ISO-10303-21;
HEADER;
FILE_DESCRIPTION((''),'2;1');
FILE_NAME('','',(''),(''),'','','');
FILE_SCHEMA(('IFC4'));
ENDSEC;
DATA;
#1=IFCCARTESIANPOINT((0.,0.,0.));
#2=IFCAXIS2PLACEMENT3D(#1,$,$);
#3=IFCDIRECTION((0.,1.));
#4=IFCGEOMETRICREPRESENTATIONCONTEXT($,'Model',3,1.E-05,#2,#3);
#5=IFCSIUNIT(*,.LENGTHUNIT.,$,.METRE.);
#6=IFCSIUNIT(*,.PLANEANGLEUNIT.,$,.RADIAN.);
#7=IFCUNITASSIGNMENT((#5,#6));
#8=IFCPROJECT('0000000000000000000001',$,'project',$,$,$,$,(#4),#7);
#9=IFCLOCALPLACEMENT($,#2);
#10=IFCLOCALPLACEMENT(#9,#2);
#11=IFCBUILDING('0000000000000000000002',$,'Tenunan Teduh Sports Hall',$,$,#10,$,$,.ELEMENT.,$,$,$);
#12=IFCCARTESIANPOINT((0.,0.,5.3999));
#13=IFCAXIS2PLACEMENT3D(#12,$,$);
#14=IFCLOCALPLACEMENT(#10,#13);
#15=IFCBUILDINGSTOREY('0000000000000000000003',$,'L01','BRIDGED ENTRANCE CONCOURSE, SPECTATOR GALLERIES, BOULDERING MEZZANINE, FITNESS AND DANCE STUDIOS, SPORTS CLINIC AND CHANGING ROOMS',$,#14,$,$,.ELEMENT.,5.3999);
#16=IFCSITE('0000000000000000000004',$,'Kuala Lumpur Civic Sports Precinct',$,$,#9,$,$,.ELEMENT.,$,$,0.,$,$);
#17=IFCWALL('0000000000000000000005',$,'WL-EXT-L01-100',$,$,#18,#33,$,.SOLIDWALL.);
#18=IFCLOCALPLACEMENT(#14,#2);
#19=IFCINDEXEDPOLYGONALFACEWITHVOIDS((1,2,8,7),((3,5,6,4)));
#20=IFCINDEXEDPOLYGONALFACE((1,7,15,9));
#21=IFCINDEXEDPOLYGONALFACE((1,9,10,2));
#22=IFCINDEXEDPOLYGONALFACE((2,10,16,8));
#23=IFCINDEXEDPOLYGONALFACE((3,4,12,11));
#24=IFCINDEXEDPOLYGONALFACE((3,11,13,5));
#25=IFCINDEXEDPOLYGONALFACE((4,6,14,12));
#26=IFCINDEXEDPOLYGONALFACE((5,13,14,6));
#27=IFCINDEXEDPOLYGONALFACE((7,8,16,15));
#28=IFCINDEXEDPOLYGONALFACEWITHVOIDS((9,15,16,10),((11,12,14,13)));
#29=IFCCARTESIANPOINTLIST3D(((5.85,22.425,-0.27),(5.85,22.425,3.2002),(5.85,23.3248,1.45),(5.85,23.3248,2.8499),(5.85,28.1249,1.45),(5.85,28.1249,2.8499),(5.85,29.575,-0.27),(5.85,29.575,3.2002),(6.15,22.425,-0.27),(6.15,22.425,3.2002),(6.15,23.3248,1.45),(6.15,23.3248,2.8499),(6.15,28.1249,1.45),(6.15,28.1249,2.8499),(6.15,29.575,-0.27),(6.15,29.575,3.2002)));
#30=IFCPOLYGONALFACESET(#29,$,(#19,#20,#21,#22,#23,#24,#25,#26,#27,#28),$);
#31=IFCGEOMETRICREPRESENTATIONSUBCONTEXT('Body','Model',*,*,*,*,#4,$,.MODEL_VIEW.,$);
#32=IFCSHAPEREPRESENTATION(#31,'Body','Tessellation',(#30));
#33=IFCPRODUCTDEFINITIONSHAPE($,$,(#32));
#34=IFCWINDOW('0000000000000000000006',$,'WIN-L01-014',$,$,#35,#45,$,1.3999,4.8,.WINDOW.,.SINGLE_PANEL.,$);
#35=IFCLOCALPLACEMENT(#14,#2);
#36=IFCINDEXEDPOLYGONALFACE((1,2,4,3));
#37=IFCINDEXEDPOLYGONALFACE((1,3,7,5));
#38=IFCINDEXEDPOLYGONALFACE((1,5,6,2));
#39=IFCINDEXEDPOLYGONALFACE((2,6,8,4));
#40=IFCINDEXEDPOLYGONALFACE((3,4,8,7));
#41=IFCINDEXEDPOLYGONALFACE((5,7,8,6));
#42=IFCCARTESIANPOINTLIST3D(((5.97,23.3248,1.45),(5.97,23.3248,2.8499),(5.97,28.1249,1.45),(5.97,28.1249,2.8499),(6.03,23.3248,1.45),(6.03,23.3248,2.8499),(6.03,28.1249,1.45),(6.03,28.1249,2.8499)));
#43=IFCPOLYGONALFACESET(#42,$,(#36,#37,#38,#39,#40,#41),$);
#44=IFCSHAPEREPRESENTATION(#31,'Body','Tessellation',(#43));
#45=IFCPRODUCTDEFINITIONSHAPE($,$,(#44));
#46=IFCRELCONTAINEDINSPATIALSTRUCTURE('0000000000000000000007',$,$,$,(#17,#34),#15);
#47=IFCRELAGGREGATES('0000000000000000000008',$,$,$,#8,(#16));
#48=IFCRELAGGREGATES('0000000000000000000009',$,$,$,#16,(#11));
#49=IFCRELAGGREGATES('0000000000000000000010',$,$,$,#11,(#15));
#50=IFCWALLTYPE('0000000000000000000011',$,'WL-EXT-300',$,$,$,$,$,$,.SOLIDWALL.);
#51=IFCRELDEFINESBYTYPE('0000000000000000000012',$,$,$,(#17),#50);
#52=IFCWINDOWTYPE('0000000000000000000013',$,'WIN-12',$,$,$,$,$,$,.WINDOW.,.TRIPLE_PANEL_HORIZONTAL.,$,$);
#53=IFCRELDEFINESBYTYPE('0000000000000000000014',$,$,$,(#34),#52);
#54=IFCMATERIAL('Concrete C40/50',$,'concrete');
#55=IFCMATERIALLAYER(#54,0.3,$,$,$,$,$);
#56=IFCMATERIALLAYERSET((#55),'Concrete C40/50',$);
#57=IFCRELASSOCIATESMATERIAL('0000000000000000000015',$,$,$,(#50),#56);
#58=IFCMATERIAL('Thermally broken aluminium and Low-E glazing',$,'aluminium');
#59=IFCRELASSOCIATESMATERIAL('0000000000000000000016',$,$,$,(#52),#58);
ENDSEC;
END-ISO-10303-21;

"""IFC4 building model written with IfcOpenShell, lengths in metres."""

from ifc_helpers import new_model, si_unit, direction, frame, frame_2d, origin, place, context, subcontext, project, spatial, rectangle, extrude, material, layer, layer_set, type_object, element, fill, save


model = new_model("IFC4")

# Units and contexts
model_context = context("Model", 3, precision=1e-05, world=origin(), true_north=direction((0.0, 1.0)))
body_context = subcontext(model_context, "Body", "Model", "MODEL_VIEW")
ifc_project = project(units=[si_unit("LENGTHUNIT", "METRE"), si_unit("PLANEANGLEUNIT", "RADIAN")], contexts=[model_context])

# Site, building, storey
site_placement = place(None, origin())
site = spatial("IfcSite", under=ifc_project, at=site_placement, Name="Kuala Lumpur Civic Sports Precinct", CompositionType="ELEMENT", RefElevation=0.0)
building_placement = place(site_placement, origin())
building = spatial("IfcBuilding", under=site, at=building_placement, Name="Tenunan Teduh Sports Hall", CompositionType="ELEMENT")
storey_placement = place(building_placement, frame((0.0, 0.0, 5.3999)))
storey = spatial("IfcBuildingStorey", under=building, at=storey_placement, Name="L01", Description="BRIDGED ENTRANCE CONCOURSE, SPECTATOR GALLERIES, BOULDERING MEZZANINE, FITNESS AND DANCE STUDIOS, SPORTS CLINIC AND CHANGING ROOMS", CompositionType="ELEMENT", Elevation=5.3999)

# Wall, opening, window
ifc_material_1 = material(Name="Concrete C40/50", Category="concrete")
ifc_layer_1 = layer(ifc_material_1, 0.3)
ifc_layer_set_1 = layer_set([ifc_layer_1], Name="Concrete C40/50")
wall_type = type_object("IfcWallType", Name="WL-EXT-300", PredefinedType="SOLIDWALL", material=ifc_layer_set_1)
wall_placement = place(storey_placement, frame((6.0, 22.425, -0.27), z_axis=(0.0, 0.0, 1.0), x_axis=(0.0, 1.0, 0.0)))
wall = element("IfcWall", 1, at=wall_placement, inside=storey, type_object=wall_type, Name="WL-EXT-L01-100", PredefinedType="SOLIDWALL", context=body_context, shape_type="SweptSolid", body=[
    extrude(rectangle(XDim=7.1499, YDim=0.3, at=frame_2d((3.575, 0.0))), origin(), (0.0, 0.0, 1.0), 3.4702),
])
opening_placement = place(wall_placement, frame((0.8999, 0.0, 1.72)))
opening = element("IfcOpeningElement", 2, at=opening_placement, cuts=wall, PredefinedType="OPENING", context=body_context, shape_type="SweptSolid", body=[
    extrude(rectangle(XDim=4.8, YDim=1.3999, at=frame_2d((2.3999, 0.7))), frame((0.0, 0.1599, 0.0), z_axis=(0.0, -1.0, 0.0), x_axis=(1.0, 0.0, 0.0)), (0.0, 0.0, 1.0), 0.3201),
])
ifc_material_2 = material(Name="Thermally broken aluminium and Low-E glazing", Category="aluminium")
window_type = type_object("IfcWindowType", Name="WIN-12", PartitioningType="TRIPLE_PANEL_HORIZONTAL", PredefinedType="WINDOW", material=ifc_material_2)
window_placement = place(opening_placement, origin())
window = element("IfcWindow", 3, at=window_placement, inside=storey, type_object=window_type, Name="WIN-L01-014", OverallHeight=1.3999, OverallWidth=4.8, PartitioningType="SINGLE_PANEL", PredefinedType="WINDOW", context=body_context, shape_type="SweptSolid", body=[
    extrude(rectangle(XDim=4.8, YDim=1.3999, at=frame_2d((2.3999, 0.7))), frame((0.0, 0.03, 0.0), z_axis=(0.0, -1.0, 0.0), x_axis=(1.0, 0.0, 0.0)), (0.0, 0.0, 1.0), 0.0601),
])
fill(opening, window)

save(model, "model.ifc")
